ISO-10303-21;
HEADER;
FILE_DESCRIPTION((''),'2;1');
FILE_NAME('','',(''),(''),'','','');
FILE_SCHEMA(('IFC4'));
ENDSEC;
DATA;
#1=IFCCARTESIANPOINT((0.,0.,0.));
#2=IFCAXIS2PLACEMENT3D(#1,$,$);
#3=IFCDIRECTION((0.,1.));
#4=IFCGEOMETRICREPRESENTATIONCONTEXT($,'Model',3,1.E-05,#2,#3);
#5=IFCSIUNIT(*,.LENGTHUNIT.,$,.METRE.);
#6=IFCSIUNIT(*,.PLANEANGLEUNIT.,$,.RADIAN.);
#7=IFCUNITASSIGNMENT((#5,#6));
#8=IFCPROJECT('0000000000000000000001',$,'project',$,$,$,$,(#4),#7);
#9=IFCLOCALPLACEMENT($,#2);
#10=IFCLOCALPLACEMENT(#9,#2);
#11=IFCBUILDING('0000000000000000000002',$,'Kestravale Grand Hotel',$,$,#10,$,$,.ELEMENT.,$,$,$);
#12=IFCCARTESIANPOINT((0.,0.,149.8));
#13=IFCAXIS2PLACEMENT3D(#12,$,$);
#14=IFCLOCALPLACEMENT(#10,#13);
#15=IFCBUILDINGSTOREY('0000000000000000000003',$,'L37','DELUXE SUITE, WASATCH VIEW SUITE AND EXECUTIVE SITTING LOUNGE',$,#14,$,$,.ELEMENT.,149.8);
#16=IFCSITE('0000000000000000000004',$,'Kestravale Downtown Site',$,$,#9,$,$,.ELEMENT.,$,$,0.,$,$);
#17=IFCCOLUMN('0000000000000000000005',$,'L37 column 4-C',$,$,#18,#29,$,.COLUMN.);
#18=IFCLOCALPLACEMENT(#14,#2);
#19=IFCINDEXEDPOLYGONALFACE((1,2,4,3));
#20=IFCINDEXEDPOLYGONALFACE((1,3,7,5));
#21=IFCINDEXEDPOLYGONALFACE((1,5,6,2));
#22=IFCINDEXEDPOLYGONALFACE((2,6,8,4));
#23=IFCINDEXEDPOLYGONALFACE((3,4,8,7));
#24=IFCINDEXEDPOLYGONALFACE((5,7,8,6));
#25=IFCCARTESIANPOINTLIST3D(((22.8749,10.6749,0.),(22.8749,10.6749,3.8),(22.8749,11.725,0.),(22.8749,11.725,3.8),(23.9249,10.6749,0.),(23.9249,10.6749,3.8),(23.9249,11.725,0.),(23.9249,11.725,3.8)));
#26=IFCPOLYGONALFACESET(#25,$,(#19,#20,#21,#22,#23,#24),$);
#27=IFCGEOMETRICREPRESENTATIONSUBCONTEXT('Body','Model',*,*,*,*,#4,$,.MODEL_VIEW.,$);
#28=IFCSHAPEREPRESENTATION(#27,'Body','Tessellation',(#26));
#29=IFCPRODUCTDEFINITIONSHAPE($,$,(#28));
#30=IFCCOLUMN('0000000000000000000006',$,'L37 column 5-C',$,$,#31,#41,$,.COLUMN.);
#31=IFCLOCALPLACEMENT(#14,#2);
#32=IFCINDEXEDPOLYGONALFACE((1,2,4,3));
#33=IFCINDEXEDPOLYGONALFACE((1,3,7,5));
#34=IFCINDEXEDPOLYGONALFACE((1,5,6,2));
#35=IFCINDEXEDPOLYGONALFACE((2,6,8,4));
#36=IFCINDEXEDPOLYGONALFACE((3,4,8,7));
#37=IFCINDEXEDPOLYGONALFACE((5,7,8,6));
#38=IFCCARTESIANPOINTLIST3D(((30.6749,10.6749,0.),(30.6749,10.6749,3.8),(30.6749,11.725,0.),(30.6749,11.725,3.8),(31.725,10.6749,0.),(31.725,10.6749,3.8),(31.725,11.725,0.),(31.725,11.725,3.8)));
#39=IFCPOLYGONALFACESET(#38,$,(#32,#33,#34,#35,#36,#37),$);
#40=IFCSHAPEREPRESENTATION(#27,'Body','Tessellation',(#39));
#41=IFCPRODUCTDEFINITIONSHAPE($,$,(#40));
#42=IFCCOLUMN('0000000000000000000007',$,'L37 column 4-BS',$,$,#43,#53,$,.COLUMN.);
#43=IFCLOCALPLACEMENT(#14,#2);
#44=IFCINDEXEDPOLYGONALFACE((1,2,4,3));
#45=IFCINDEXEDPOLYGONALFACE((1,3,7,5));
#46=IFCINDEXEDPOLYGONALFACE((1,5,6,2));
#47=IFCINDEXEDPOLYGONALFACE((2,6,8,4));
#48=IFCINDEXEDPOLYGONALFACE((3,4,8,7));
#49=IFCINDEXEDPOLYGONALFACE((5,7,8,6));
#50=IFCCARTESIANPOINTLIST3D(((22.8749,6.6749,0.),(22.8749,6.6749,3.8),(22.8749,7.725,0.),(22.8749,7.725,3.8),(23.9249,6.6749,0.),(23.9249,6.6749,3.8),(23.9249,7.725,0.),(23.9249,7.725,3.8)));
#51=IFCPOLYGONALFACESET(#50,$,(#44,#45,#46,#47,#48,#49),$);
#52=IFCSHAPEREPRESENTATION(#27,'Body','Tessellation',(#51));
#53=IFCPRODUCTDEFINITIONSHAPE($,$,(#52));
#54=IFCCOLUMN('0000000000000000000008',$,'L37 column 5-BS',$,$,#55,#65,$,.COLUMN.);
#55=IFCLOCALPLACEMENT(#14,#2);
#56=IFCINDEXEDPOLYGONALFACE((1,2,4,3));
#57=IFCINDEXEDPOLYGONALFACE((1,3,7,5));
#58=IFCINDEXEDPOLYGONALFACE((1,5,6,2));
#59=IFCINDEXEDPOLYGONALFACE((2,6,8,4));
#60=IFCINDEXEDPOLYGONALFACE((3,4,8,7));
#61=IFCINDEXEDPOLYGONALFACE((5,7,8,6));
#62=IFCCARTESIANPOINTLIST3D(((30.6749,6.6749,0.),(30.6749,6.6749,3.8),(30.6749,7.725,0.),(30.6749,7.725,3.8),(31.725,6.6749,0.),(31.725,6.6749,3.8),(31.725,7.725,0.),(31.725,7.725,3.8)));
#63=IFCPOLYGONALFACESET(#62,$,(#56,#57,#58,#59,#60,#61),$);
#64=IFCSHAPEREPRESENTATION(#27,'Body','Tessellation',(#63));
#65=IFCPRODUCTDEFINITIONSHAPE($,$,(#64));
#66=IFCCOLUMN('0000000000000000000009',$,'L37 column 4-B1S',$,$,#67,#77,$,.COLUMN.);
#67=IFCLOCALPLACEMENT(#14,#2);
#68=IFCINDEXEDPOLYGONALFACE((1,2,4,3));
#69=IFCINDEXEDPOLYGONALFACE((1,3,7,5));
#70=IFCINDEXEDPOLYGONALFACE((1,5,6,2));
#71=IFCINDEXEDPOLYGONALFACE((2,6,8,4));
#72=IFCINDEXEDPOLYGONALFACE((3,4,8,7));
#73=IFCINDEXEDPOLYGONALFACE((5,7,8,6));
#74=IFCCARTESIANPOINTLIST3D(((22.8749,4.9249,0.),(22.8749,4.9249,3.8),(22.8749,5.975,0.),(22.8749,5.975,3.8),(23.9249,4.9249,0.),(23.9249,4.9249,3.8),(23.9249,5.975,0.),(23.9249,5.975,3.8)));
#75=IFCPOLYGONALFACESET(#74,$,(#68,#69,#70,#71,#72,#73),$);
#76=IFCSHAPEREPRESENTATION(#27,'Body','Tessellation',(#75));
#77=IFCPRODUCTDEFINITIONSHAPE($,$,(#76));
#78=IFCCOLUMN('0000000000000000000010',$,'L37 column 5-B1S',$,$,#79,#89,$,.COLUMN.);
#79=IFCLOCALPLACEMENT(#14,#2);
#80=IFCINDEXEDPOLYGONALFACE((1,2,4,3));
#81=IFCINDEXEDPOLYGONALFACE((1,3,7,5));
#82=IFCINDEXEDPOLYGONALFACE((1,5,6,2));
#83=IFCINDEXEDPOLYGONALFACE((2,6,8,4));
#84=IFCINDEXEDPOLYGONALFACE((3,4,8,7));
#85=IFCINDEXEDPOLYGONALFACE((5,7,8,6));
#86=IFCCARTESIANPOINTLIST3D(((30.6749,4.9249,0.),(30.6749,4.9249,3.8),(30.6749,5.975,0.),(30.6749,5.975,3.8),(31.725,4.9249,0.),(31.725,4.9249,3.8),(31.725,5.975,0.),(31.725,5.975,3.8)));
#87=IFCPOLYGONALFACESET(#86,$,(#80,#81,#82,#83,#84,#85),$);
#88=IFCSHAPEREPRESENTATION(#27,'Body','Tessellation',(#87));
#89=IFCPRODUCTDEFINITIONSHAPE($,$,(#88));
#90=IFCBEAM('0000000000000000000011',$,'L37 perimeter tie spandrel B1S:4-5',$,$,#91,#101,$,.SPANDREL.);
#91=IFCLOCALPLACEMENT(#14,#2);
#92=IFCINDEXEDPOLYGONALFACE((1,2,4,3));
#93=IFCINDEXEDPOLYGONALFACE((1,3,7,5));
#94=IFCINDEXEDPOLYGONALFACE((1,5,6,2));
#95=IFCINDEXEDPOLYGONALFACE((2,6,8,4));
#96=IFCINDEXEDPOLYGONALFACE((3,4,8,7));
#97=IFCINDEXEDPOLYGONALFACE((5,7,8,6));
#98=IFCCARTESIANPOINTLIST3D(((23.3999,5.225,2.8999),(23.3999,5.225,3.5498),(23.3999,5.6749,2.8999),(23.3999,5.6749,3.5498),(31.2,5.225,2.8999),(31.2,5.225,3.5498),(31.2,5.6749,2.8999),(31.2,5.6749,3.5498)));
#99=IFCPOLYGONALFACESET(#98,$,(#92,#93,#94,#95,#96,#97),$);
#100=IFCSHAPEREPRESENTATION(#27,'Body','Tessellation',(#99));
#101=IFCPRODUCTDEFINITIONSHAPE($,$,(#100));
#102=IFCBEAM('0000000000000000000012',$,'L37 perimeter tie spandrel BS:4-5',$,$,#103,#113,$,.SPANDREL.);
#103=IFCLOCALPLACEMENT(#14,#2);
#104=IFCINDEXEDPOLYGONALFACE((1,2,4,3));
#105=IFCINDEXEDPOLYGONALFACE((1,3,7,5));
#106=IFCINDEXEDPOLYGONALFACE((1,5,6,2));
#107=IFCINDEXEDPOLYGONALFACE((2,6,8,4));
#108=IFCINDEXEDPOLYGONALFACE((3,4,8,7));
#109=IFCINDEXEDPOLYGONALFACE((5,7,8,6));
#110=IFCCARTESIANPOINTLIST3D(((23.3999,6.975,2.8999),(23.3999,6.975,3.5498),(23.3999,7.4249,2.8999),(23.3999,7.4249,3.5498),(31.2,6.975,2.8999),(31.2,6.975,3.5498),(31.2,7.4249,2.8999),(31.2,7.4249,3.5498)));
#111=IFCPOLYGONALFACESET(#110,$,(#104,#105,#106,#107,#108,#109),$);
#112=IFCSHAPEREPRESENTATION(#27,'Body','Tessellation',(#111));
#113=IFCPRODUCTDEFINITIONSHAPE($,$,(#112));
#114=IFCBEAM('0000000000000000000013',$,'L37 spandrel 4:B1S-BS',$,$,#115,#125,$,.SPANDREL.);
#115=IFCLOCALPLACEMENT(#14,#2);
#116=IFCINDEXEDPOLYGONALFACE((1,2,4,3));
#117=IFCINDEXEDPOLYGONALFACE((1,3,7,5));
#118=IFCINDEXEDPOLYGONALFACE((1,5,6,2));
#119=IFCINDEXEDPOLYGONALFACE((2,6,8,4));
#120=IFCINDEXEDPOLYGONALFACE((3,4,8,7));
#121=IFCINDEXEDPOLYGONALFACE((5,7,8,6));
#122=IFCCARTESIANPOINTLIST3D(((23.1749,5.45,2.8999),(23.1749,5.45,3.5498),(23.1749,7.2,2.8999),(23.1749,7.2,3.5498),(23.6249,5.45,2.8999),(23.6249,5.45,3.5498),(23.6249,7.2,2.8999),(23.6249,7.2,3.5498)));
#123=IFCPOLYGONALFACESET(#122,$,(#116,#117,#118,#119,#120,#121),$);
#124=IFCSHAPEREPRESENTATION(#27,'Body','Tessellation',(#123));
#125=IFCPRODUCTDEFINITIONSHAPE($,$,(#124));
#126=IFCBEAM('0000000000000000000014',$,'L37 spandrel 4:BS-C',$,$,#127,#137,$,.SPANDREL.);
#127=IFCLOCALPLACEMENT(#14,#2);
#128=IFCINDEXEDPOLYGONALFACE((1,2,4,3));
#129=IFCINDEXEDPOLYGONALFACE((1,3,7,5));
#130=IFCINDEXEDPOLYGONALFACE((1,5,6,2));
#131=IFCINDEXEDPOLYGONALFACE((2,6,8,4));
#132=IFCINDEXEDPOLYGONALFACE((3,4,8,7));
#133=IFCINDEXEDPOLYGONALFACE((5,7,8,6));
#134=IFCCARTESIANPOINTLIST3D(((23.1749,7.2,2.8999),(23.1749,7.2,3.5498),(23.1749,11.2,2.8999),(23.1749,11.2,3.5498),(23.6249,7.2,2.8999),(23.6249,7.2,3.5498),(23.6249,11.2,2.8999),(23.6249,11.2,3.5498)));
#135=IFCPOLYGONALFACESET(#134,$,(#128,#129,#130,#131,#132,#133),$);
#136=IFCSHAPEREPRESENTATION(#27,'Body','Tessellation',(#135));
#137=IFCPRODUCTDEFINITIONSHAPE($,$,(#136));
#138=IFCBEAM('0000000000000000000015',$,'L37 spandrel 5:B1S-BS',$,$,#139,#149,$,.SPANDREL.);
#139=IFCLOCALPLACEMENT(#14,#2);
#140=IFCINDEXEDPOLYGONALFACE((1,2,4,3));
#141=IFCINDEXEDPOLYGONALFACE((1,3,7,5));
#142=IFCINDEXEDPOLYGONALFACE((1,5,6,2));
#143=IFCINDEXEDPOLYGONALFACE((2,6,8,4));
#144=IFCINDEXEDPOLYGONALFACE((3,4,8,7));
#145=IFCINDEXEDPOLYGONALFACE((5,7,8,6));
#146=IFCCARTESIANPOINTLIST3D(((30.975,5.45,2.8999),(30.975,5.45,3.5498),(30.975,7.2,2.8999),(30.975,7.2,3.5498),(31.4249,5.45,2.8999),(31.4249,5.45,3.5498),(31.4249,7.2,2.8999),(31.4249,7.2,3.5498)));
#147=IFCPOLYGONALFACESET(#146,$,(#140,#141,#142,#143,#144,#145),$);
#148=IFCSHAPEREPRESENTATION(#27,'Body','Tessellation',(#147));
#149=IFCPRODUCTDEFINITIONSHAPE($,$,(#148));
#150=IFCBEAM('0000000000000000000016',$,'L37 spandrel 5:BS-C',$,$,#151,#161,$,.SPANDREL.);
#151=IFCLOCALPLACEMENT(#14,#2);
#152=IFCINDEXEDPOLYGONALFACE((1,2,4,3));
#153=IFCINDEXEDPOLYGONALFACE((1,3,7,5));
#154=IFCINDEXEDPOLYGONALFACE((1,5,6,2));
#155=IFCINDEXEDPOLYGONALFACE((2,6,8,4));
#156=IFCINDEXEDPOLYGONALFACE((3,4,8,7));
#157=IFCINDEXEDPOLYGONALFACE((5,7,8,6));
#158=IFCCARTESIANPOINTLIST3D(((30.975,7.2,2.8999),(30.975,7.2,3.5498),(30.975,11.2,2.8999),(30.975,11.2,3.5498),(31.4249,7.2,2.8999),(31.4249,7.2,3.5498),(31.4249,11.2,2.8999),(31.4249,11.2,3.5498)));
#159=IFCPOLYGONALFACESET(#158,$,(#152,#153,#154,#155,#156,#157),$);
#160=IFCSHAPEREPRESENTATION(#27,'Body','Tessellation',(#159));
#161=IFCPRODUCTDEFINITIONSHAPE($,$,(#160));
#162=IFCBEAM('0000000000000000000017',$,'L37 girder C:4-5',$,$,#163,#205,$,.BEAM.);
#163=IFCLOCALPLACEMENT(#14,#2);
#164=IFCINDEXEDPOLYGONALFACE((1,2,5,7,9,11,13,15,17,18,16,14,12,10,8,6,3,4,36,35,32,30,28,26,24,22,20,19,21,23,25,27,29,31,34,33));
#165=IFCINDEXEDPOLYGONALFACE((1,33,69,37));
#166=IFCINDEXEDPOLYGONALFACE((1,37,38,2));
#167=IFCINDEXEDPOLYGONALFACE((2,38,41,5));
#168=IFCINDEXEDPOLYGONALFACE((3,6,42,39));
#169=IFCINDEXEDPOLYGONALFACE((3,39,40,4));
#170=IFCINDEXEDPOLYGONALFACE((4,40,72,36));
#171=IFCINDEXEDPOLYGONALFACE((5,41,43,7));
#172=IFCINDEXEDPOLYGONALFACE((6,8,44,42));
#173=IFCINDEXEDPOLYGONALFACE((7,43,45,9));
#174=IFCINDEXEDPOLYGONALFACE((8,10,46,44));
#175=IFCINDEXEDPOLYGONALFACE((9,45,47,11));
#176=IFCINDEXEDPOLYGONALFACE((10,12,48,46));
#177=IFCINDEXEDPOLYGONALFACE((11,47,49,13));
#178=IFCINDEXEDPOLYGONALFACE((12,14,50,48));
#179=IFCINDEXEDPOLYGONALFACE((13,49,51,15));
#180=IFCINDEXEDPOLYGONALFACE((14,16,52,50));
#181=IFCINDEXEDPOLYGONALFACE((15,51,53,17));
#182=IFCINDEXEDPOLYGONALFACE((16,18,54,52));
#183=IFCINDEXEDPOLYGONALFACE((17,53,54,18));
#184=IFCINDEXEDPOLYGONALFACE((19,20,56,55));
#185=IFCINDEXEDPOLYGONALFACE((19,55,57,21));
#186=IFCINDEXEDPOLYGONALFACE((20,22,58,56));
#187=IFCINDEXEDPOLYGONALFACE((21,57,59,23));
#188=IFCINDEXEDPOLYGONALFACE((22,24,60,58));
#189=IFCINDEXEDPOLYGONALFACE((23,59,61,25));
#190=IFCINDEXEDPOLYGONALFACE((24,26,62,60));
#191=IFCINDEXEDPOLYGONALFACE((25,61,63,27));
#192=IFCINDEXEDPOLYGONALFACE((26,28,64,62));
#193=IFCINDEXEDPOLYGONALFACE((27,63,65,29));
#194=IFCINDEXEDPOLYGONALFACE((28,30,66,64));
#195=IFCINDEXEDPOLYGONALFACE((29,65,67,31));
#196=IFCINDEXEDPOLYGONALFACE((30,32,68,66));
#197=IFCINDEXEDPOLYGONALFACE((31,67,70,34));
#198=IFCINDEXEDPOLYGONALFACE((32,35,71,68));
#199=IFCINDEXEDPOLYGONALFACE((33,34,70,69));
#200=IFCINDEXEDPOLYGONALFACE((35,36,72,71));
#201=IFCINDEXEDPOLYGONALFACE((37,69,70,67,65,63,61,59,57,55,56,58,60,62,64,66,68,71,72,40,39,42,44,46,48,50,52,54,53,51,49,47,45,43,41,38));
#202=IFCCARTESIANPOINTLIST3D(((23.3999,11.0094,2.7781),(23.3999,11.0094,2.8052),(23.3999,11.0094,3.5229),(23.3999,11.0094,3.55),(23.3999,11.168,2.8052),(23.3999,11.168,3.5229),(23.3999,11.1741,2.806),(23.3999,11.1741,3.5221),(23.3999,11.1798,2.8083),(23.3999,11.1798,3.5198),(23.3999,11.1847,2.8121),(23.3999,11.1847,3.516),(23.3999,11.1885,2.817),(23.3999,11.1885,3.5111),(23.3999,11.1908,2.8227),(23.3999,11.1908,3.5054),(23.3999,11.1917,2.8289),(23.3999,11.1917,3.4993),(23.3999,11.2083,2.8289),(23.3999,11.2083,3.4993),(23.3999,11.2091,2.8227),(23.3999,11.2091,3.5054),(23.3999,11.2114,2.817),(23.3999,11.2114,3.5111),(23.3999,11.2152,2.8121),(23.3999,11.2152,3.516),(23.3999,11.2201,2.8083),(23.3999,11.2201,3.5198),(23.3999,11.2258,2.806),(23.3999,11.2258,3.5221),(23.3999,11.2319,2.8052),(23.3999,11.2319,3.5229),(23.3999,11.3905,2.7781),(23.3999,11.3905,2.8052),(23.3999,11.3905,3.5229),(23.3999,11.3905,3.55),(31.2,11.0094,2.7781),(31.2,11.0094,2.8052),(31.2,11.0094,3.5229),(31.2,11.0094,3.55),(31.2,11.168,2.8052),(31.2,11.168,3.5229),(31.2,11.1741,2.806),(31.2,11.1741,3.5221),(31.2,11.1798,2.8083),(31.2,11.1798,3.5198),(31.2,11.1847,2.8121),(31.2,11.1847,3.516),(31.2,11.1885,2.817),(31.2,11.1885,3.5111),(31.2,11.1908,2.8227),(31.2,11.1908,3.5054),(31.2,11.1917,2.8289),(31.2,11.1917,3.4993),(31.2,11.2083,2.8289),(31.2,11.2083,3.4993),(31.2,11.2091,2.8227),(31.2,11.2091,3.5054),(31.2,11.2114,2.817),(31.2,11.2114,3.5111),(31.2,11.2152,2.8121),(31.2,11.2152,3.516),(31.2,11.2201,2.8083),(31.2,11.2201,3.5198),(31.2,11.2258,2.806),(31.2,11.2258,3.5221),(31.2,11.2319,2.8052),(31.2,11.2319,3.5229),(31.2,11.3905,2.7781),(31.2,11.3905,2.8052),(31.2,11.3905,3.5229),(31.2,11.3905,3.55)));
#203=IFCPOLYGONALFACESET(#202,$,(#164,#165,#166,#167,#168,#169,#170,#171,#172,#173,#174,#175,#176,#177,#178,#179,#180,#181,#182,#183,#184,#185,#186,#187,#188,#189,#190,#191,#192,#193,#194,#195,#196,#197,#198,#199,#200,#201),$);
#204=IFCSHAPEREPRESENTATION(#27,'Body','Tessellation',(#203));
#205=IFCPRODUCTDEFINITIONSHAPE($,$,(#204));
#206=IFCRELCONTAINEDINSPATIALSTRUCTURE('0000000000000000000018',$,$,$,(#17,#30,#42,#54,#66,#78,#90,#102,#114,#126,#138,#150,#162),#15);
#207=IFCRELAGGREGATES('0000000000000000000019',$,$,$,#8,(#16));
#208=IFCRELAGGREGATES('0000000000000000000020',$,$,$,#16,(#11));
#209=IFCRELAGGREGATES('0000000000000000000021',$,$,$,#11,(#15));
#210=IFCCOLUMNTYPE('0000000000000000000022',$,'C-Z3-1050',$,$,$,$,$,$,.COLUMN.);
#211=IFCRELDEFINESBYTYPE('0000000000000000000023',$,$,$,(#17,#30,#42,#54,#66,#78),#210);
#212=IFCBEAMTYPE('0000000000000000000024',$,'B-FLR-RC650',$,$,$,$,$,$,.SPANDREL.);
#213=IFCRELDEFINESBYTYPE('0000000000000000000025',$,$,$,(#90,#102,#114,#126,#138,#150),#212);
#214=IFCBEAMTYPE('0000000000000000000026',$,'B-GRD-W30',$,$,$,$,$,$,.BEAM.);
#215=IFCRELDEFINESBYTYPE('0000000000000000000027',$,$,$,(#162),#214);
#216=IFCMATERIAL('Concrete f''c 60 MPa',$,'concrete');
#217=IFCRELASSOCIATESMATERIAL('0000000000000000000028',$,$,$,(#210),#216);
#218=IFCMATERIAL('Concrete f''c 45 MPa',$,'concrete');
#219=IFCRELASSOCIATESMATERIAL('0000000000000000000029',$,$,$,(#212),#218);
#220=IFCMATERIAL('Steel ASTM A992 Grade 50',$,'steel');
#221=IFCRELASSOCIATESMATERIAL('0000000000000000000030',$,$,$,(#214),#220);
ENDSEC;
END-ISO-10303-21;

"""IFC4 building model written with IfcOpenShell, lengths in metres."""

from ifc_helpers import new_model, si_unit, direction, frame, origin, origin_2d, place, context, subcontext, project, spatial, rectangle, i_section, extrude, material, material_profile, profile_set, type_object, element, save


model = new_model("IFC4")

# Units and contexts
model_context = context("Model", 3, precision=1e-05, world=origin(), true_north=direction((0.0, 1.0)))
body_context = subcontext(model_context, "Body", "Model", "MODEL_VIEW")
ifc_project = project(units=[si_unit("LENGTHUNIT", "METRE"), si_unit("PLANEANGLEUNIT", "RADIAN")], contexts=[model_context])

# Site, building, storey
site_placement = place(None, origin())
site = spatial("IfcSite", under=ifc_project, at=site_placement, Name="Kestravale Downtown Site", CompositionType="ELEMENT", RefElevation=0.0)
building_placement = place(site_placement, origin())
building = spatial("IfcBuilding", under=site, at=building_placement, Name="Kestravale Grand Hotel", CompositionType="ELEMENT")
storey_placement = place(building_placement, frame((0.0, 0.0, 149.8)))
storey = spatial("IfcBuildingStorey", under=building, at=storey_placement, Name="L37", Description="DELUXE SUITE, WASATCH VIEW SUITE AND EXECUTIVE SITTING LOUNGE", CompositionType="ELEMENT", Elevation=149.8)

# Columns
ifc_material_1 = material(Name="Concrete f'c 60 MPa", Category="concrete")
ifc_material_profile_1 = material_profile(ifc_material_1, rectangle(XDim=1.05, YDim=1.05, at=origin_2d()))
ifc_profile_set_1 = profile_set([ifc_material_profile_1], Name="Concrete f'c 60 MPa")
column_type = type_object("IfcColumnType", Name="C-Z3-1050", PredefinedType="COLUMN", material=ifc_profile_set_1)
for number, where, z_axis, x_axis, name in (
    (1, (23.3999, 11.2, 0.0), (0.0, 0.0, 1.0), (1.0, 0.0, 0.0), "L37 column 4-C"),
    (2, (31.2, 11.2, 0.0), (0.0, 0.0, 1.0), (1.0, 0.0, 0.0), "L37 column 5-C"),
    (3, (23.3999, 7.2, 0.0), (0.0, 0.0, 1.0), (1.0, 0.0, 0.0), "L37 column 4-BS"),
    (4, (31.2, 7.2, 0.0), (0.0, 0.0, 1.0), (1.0, 0.0, 0.0), "L37 column 5-BS"),
    (5, (23.3999, 5.45, 0.0), (0.0, 0.0, 1.0), (1.0, 0.0, 0.0), "L37 column 4-B1S"),
    (6, (31.2, 5.45, 0.0), (0.0, 0.0, 1.0), (1.0, 0.0, 0.0), "L37 column 5-B1S"),
):
    element("IfcColumn", number, at=place(storey_placement, frame(where, z_axis=z_axis, x_axis=x_axis)), inside=storey, type_object=column_type, Name=name, PredefinedType="COLUMN", context=body_context, shape_type="SweptSolid", body=[
        extrude(rectangle(XDim=1.05, YDim=1.05, at=origin_2d()), origin(), (0.0, 0.0, 1.0), 3.8),
    ])

# Beams
ifc_material_2 = material(Name="Concrete f'c 45 MPa", Category="concrete")
ifc_material_profile_2 = material_profile(ifc_material_2, rectangle(XDim=0.45, YDim=0.6499, at=origin_2d()))
ifc_profile_set_2 = profile_set([ifc_material_profile_2], Name="Concrete f'c 45 MPa")
beam_type_1 = type_object("IfcBeamType", Name="B-FLR-RC650", PredefinedType="SPANDREL", material=ifc_profile_set_2)
for number, where, z_axis, x_axis, name in (
    (7, (23.3999, 5.45, 3.2249), (1.0, 0.0, 0.0), (0.0, 1.0, 0.0), "L37 perimeter tie spandrel B1S:4-5"),
    (8, (23.3999, 7.2, 3.2249), (1.0, 0.0, 0.0), (0.0, 1.0, 0.0), "L37 perimeter tie spandrel BS:4-5"),
):
    element("IfcBeam", number, at=place(storey_placement, frame(where, z_axis=z_axis, x_axis=x_axis)), inside=storey, type_object=beam_type_1, Name=name, PredefinedType="SPANDREL", context=body_context, shape_type="SweptSolid", body=[
        extrude(rectangle(XDim=0.45, YDim=0.6499, at=origin_2d()), origin(), (0.0, 0.0, 1.0), 7.8),
    ])
beam_1_placement = place(storey_placement, frame((23.3999, 5.45, 3.2249), z_axis=(0.0, 1.0, 0.0), x_axis=(-1.0, 0.0, 0.0)))
element("IfcBeam", 9, at=beam_1_placement, inside=storey, type_object=beam_type_1, Name="L37 spandrel 4:B1S-BS", PredefinedType="SPANDREL", context=body_context, shape_type="SweptSolid", body=[
    extrude(rectangle(XDim=0.45, YDim=0.6499, at=origin_2d()), origin(), (0.0, 0.0, 1.0), 1.75),
])
beam_2_placement = place(storey_placement, frame((23.3999, 7.2, 3.2249), z_axis=(0.0, 1.0, 0.0), x_axis=(-1.0, 0.0, 0.0)))
element("IfcBeam", 10, at=beam_2_placement, inside=storey, type_object=beam_type_1, Name="L37 spandrel 4:BS-C", PredefinedType="SPANDREL", context=body_context, shape_type="SweptSolid", body=[
    extrude(rectangle(XDim=0.45, YDim=0.6499, at=origin_2d()), origin(), (0.0, 0.0, 1.0), 4.0),
])
beam_3_placement = place(storey_placement, frame((31.2, 5.45, 3.2249), z_axis=(0.0, 1.0, 0.0), x_axis=(-1.0, 0.0, 0.0)))
element("IfcBeam", 11, at=beam_3_placement, inside=storey, type_object=beam_type_1, Name="L37 spandrel 5:B1S-BS", PredefinedType="SPANDREL", context=body_context, shape_type="SweptSolid", body=[
    extrude(rectangle(XDim=0.45, YDim=0.6499, at=origin_2d()), origin(), (0.0, 0.0, 1.0), 1.75),
])
beam_4_placement = place(storey_placement, frame((31.2, 7.2, 3.2249), z_axis=(0.0, 1.0, 0.0), x_axis=(-1.0, 0.0, 0.0)))
element("IfcBeam", 12, at=beam_4_placement, inside=storey, type_object=beam_type_1, Name="L37 spandrel 5:BS-C", PredefinedType="SPANDREL", context=body_context, shape_type="SweptSolid", body=[
    extrude(rectangle(XDim=0.45, YDim=0.6499, at=origin_2d()), origin(), (0.0, 0.0, 1.0), 4.0),
])
ifc_material_3 = material(Name="Steel ASTM A992 Grade 50", Category="steel")
ifc_material_profile_3 = material_profile(ifc_material_3, i_section(OverallWidth=0.3811, OverallDepth=0.772, WebThickness=0.0166, FlangeThickness=0.0271, FilletRadius=0.0237, at=origin_2d()))
ifc_profile_set_3 = profile_set([ifc_material_profile_3], Name="Steel ASTM A992 Grade 50")
beam_type_2 = type_object("IfcBeamType", Name="B-GRD-W30", PredefinedType="BEAM", material=ifc_profile_set_3)
beam_5_placement = place(storey_placement, frame((23.3999, 11.2, 3.1641), z_axis=(1.0, 0.0, 0.0), x_axis=(0.0, 1.0, 0.0)))
element("IfcBeam", 13, at=beam_5_placement, inside=storey, type_object=beam_type_2, Name="L37 girder C:4-5", PredefinedType="BEAM", context=body_context, shape_type="SweptSolid", body=[
    extrude(i_section(OverallWidth=0.3811, OverallDepth=0.772, WebThickness=0.0166, FlangeThickness=0.0271, FilletRadius=0.0237, at=origin_2d()), origin(), (0.0, 0.0, 1.0), 7.8),
])

save(model, "model.ifc")
